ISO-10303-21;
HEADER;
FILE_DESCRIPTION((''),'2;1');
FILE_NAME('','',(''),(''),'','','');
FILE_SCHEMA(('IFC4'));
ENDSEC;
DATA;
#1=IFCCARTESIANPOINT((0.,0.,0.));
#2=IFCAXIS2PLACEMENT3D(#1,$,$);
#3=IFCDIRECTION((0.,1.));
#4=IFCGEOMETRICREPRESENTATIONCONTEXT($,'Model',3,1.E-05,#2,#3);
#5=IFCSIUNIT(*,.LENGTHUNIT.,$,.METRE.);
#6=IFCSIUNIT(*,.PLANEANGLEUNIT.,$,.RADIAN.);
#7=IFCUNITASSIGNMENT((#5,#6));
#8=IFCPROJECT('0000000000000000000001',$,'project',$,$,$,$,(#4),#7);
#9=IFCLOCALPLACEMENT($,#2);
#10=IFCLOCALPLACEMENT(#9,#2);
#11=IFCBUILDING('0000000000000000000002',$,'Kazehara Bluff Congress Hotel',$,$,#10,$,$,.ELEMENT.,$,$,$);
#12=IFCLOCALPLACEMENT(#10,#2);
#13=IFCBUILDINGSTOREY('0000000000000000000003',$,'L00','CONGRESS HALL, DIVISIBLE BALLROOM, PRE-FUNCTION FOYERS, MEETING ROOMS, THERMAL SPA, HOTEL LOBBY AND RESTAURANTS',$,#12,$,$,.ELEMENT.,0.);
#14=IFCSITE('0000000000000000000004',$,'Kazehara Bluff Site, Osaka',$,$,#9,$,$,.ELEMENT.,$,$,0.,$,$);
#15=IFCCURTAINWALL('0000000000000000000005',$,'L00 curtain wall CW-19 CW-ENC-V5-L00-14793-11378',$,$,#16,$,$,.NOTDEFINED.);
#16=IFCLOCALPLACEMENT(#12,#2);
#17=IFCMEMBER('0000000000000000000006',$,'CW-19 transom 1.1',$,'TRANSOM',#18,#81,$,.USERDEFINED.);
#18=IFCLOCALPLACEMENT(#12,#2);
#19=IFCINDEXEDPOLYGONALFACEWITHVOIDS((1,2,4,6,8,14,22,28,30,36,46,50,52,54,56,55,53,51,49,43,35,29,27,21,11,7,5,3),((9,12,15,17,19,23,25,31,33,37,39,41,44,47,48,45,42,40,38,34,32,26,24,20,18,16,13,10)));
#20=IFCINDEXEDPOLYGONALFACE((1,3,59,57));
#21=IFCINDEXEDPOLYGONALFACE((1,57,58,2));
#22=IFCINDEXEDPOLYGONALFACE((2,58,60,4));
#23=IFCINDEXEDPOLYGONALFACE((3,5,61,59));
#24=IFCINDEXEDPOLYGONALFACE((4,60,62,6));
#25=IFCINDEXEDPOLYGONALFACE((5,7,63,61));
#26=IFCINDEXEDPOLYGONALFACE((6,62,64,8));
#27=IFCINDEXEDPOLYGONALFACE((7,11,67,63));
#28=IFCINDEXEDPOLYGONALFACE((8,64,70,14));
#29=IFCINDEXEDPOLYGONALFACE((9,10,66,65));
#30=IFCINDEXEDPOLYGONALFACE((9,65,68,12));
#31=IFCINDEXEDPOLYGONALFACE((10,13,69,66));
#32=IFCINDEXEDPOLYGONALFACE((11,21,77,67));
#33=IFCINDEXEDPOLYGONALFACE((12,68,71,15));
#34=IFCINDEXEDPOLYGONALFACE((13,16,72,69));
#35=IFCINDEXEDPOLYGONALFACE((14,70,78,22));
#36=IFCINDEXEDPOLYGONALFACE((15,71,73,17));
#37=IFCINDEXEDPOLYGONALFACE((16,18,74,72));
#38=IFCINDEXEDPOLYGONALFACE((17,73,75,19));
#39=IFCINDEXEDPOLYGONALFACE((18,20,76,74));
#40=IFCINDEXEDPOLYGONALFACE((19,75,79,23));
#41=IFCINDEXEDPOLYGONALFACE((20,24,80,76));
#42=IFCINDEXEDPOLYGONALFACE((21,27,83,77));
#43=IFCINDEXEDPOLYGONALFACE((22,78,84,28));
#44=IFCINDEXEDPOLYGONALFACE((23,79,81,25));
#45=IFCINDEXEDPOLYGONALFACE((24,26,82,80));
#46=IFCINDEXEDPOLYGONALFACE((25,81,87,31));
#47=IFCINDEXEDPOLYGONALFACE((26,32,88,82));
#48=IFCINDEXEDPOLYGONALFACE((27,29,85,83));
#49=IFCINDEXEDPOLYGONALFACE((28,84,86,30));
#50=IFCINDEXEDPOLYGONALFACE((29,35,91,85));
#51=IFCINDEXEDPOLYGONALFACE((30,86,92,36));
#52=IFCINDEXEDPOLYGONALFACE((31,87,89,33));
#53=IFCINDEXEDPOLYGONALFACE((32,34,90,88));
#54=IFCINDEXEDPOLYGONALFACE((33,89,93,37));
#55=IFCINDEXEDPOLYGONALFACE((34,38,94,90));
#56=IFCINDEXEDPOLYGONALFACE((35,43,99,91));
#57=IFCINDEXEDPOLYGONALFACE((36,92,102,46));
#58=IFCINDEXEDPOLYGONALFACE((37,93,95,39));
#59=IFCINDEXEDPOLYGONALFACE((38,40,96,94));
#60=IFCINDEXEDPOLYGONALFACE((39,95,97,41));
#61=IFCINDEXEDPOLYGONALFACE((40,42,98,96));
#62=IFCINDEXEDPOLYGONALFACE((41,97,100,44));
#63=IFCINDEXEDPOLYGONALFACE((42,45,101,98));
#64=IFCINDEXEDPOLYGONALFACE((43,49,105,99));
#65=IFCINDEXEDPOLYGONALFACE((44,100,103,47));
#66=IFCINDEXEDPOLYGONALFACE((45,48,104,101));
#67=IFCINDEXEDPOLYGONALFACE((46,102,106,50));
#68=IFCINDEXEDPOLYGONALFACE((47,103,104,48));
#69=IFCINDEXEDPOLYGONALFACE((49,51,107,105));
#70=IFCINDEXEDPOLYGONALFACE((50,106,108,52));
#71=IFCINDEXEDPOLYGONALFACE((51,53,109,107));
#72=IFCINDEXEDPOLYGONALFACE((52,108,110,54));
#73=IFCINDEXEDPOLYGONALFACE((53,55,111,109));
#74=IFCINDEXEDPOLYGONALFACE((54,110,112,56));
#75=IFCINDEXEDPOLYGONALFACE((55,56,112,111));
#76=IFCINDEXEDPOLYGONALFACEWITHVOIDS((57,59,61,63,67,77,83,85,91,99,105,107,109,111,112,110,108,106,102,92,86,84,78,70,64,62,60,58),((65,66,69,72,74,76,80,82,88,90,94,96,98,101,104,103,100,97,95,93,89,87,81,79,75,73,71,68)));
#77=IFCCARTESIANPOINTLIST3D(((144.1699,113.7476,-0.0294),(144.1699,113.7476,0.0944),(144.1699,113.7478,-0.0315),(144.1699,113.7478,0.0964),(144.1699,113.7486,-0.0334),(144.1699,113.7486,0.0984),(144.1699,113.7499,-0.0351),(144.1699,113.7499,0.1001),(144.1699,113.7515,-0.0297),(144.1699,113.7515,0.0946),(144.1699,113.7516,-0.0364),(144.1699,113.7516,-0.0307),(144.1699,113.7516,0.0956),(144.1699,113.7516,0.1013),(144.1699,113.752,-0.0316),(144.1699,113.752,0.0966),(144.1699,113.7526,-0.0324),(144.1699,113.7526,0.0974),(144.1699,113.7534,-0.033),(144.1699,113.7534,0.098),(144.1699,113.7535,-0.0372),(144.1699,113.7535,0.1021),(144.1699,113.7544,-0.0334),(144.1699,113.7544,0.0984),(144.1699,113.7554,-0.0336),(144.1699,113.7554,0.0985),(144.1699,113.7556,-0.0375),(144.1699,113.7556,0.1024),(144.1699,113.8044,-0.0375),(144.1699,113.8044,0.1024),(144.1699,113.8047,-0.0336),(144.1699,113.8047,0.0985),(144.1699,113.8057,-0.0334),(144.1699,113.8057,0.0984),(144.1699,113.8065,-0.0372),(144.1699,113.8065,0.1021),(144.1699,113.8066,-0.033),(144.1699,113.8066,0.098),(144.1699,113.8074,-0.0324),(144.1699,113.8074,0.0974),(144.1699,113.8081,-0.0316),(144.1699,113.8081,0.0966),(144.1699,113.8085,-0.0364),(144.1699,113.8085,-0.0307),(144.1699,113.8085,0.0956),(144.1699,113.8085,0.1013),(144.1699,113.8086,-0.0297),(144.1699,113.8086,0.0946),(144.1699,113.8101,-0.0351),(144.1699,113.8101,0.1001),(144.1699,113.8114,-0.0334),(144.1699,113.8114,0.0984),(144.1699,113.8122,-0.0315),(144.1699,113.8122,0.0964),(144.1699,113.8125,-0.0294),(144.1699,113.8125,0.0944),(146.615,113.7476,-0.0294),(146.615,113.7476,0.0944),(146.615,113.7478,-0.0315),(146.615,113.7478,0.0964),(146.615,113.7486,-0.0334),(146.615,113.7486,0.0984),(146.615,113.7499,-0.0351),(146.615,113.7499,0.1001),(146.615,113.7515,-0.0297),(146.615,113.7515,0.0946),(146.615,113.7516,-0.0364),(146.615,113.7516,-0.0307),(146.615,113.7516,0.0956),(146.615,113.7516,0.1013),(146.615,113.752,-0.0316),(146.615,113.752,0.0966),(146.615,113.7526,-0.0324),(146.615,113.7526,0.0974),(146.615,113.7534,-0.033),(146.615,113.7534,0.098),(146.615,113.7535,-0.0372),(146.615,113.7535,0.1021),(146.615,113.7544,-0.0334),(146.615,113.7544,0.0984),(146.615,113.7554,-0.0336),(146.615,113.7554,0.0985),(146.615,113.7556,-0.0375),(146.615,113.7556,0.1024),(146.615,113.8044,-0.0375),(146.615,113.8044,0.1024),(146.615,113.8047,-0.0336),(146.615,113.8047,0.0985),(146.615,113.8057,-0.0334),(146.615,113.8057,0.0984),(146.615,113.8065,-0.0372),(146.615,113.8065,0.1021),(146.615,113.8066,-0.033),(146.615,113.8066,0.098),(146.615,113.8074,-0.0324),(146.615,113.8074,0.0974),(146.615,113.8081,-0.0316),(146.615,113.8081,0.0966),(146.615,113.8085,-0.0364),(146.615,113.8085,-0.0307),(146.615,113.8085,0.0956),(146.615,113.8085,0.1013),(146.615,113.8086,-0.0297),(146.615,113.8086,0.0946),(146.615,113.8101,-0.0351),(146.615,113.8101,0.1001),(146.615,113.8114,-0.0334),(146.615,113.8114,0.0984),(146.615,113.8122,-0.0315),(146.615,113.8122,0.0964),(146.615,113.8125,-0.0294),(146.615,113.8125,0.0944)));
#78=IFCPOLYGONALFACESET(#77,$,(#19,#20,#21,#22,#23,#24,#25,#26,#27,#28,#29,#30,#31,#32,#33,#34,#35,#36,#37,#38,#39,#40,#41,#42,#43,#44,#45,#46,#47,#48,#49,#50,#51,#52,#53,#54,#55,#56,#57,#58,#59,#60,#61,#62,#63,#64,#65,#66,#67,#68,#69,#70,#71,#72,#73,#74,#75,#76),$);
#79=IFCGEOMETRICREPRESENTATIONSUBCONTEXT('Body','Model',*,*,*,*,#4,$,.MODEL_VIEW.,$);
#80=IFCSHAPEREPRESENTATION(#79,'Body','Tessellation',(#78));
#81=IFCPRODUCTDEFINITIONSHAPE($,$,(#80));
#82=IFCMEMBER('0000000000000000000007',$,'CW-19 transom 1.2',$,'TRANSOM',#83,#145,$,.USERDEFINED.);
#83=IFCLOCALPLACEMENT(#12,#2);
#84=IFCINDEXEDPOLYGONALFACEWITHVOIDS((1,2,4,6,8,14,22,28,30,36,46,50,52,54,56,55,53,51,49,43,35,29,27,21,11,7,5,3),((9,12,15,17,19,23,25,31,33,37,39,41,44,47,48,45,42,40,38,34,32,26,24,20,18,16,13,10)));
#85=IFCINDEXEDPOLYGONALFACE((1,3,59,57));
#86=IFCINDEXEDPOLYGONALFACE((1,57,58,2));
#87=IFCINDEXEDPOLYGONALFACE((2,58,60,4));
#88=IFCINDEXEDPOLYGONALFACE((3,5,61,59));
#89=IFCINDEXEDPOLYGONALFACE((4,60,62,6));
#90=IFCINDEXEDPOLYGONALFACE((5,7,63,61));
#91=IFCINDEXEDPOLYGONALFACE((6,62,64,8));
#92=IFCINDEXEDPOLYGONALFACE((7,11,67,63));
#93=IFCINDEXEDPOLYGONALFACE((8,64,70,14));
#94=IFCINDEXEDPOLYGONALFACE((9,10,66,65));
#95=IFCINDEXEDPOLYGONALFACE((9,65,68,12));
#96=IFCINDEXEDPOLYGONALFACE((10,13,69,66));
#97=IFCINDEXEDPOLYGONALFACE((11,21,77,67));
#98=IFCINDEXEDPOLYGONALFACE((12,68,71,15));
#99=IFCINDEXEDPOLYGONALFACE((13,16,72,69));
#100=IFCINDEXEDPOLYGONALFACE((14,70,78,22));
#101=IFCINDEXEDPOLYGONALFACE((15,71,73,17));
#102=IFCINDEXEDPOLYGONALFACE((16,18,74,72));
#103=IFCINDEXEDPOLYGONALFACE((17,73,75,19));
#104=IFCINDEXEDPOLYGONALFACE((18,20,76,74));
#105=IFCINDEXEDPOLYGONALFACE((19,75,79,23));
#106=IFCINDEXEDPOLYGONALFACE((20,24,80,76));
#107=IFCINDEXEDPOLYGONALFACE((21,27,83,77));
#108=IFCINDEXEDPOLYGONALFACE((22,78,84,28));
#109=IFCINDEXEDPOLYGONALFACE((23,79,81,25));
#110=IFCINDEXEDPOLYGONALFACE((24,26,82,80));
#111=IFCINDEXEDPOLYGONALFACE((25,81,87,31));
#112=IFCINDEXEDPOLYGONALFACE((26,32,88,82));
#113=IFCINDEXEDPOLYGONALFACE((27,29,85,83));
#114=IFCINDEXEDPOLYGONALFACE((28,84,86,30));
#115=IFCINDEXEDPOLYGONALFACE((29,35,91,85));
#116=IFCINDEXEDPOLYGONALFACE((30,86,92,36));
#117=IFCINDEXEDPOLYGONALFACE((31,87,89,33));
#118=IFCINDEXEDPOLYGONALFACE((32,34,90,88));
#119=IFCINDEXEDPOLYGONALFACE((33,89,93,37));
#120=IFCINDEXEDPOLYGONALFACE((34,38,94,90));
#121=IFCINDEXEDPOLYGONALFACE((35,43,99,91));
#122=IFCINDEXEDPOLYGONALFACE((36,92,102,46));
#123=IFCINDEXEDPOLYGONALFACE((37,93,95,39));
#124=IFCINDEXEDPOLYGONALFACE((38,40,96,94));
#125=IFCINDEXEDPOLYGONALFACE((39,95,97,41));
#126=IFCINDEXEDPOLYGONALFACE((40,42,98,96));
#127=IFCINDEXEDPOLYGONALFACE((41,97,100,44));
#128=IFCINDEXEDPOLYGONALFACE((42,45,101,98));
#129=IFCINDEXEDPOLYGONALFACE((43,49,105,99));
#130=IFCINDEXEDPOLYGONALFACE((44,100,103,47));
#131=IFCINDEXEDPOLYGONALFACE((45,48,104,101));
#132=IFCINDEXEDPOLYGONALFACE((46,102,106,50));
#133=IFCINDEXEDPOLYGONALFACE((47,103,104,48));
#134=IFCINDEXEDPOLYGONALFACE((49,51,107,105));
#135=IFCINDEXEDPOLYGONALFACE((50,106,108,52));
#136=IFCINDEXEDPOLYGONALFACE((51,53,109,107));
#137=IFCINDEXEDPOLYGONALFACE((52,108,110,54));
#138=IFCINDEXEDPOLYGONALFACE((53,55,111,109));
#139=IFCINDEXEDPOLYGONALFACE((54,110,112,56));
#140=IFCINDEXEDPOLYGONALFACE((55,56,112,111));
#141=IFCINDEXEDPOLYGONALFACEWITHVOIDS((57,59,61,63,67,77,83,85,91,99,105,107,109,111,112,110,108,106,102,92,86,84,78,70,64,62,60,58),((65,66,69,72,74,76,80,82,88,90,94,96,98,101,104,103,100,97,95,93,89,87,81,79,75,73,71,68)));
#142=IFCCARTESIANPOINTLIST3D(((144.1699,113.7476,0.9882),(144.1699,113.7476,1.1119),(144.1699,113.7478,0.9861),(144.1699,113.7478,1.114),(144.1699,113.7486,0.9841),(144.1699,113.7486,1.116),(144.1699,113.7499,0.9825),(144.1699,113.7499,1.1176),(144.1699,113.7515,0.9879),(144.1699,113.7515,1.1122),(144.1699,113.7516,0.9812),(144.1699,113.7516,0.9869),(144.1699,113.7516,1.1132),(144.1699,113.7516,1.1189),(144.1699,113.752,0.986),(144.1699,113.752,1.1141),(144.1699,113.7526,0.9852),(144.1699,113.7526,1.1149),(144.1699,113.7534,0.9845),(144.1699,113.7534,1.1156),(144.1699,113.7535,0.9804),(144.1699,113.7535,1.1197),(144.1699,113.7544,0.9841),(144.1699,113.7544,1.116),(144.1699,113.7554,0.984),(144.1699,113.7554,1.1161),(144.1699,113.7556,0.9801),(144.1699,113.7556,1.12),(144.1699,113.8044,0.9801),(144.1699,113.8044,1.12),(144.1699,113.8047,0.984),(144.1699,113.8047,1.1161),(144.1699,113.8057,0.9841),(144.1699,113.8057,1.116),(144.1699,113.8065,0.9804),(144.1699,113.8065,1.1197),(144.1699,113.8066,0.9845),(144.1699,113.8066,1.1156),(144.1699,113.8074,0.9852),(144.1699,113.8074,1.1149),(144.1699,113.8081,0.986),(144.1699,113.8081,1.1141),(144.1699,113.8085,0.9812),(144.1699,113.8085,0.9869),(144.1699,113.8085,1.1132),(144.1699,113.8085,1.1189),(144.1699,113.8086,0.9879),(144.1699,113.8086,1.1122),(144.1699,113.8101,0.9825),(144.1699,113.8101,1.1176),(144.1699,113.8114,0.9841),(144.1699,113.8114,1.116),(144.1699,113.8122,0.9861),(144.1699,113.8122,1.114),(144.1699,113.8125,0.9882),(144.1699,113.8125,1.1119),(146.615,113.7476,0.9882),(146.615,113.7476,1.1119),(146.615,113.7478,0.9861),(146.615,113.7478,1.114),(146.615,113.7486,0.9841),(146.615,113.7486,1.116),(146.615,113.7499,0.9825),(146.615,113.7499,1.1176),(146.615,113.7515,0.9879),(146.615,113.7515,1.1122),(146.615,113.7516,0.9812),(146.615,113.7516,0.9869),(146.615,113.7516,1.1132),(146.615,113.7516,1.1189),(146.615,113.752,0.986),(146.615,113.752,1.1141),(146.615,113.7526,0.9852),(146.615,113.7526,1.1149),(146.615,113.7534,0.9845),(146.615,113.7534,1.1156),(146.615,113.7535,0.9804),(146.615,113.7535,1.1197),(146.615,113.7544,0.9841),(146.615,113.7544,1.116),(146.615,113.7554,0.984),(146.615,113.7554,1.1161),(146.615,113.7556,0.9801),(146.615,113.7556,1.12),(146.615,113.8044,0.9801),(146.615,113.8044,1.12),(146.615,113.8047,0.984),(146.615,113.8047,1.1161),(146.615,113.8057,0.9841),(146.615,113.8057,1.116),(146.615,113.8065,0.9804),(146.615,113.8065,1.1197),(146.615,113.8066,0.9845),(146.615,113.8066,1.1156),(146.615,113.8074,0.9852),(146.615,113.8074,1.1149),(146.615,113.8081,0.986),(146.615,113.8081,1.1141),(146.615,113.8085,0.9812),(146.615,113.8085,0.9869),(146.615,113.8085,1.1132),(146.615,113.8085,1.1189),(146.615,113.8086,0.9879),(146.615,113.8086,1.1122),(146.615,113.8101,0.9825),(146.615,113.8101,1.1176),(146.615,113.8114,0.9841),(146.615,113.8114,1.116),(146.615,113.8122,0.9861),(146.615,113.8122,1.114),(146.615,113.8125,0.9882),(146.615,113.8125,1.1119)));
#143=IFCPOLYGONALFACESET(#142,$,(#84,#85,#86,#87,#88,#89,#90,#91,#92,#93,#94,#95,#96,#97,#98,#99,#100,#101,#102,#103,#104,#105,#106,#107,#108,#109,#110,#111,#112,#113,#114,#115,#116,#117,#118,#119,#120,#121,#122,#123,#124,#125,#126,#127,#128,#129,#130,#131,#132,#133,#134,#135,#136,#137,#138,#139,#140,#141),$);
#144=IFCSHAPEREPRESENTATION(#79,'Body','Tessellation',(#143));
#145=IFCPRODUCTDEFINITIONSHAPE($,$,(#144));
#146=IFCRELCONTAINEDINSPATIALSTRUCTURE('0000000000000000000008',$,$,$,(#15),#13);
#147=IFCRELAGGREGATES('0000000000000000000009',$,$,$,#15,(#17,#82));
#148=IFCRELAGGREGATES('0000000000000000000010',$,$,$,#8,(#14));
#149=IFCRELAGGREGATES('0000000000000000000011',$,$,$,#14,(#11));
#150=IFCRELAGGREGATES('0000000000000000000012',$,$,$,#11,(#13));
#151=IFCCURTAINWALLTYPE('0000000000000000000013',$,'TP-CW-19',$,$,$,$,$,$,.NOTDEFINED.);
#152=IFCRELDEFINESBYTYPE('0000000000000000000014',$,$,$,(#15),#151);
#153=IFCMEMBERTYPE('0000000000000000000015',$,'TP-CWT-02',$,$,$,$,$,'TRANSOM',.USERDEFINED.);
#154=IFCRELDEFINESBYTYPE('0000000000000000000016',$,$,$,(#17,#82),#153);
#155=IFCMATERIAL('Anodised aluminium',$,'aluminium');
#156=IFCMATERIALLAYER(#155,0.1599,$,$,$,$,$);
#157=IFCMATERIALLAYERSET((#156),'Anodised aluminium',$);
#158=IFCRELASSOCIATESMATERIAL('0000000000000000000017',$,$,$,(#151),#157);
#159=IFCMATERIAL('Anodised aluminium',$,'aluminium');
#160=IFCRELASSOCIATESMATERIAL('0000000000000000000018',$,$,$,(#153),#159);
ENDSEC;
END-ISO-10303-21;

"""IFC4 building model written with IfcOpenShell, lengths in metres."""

from ifc_helpers import new_model, si_unit, direction, frame, origin, origin_2d, place, context, subcontext, project, spatial, hollow_rectangle, extrude, material, layer, layer_set, material_profile, profile_set, type_object, element, aggregate, save


model = new_model("IFC4")

# Units and contexts
model_context = context("Model", 3, precision=1e-05, world=origin(), true_north=direction((0.0, 1.0)))
body_context = subcontext(model_context, "Body", "Model", "MODEL_VIEW")
ifc_project = project(units=[si_unit("LENGTHUNIT", "METRE"), si_unit("PLANEANGLEUNIT", "RADIAN")], contexts=[model_context])

# Site, building, storey
site_placement = place(None, origin())
site = spatial("IfcSite", under=ifc_project, at=site_placement, Name="Kazehara Bluff Site, Osaka", CompositionType="ELEMENT", RefElevation=0.0)
building_placement = place(site_placement, origin())
building = spatial("IfcBuilding", under=site, at=building_placement, Name="Kazehara Bluff Congress Hotel", CompositionType="ELEMENT")
storey_placement = place(building_placement, origin())
storey = spatial("IfcBuildingStorey", under=building, at=storey_placement, Name="L00", Description="CONGRESS HALL, DIVISIBLE BALLROOM, PRE-FUNCTION FOYERS, MEETING ROOMS, THERMAL SPA, HOTEL LOBBY AND RESTAURANTS", CompositionType="ELEMENT", Elevation=0.0)

# Curtain wall
ifc_material_1 = material(Name="Anodised aluminium", Category="aluminium")
ifc_layer_1 = layer(ifc_material_1, 0.1599)
ifc_layer_set_1 = layer_set([ifc_layer_1], Name="Anodised aluminium")
curtain_wall_type_1 = type_object("IfcCurtainWallType", Name="TP-CW-19", PredefinedType="NOTDEFINED", material=ifc_layer_set_1)
curtain_wall_1_placement = place(storey_placement, origin())
curtain_wall_1 = element("IfcCurtainWall", 1, at=curtain_wall_1_placement, inside=storey, type_object=curtain_wall_type_1, Name="L00 curtain wall CW-19 CW-ENC-V5-L00-14793-11378", PredefinedType="NOTDEFINED")

# Members
ifc_material_2 = material(Name="Anodised aluminium", Category="aluminium")
ifc_material_profile_1 = material_profile(ifc_material_2, hollow_rectangle(XDim=0.0649, YDim=0.1399, WallThickness=0.0039, InnerFilletRadius=0.0039, OuterFilletRadius=0.0081, at=origin_2d()))
ifc_profile_set_1 = profile_set([ifc_material_profile_1], Name="Anodised aluminium")
member_type_1 = type_object("IfcMemberType", Name="TP-CWT-02", ElementType="TRANSOM", PredefinedType="USERDEFINED", material=ifc_profile_set_1)
member_1_placement = place(storey_placement, frame((144.1699, 113.78, 0.0325), z_axis=(1.0, 0.0, 0.0), x_axis=(0.0, 1.0, 0.0)))
member_1 = element("IfcMember", 2, at=member_1_placement, type_object=member_type_1, Name="CW-19 transom 1.1", ObjectType="TRANSOM", PredefinedType="USERDEFINED", context=body_context, shape_type="SweptSolid", body=[
    extrude(hollow_rectangle(XDim=0.0649, YDim=0.1399, WallThickness=0.0039, InnerFilletRadius=0.0039, OuterFilletRadius=0.0081, at=origin_2d()), origin(), (0.0, 0.0, 1.0), 2.4451),
])
member_2_placement = place(storey_placement, frame((144.1699, 113.78, 1.05), z_axis=(1.0, 0.0, 0.0), x_axis=(0.0, 1.0, 0.0)))
member_2 = element("IfcMember", 3, at=member_2_placement, type_object=member_type_1, Name="CW-19 transom 1.2", ObjectType="TRANSOM", PredefinedType="USERDEFINED", context=body_context, shape_type="SweptSolid", body=[
    extrude(hollow_rectangle(XDim=0.0649, YDim=0.1399, WallThickness=0.0039, InnerFilletRadius=0.0039, OuterFilletRadius=0.0081, at=origin_2d()), origin(), (0.0, 0.0, 1.0), 2.4451),
])

aggregate(curtain_wall_1, [member_1, member_2])

save(model, "model.ifc")
